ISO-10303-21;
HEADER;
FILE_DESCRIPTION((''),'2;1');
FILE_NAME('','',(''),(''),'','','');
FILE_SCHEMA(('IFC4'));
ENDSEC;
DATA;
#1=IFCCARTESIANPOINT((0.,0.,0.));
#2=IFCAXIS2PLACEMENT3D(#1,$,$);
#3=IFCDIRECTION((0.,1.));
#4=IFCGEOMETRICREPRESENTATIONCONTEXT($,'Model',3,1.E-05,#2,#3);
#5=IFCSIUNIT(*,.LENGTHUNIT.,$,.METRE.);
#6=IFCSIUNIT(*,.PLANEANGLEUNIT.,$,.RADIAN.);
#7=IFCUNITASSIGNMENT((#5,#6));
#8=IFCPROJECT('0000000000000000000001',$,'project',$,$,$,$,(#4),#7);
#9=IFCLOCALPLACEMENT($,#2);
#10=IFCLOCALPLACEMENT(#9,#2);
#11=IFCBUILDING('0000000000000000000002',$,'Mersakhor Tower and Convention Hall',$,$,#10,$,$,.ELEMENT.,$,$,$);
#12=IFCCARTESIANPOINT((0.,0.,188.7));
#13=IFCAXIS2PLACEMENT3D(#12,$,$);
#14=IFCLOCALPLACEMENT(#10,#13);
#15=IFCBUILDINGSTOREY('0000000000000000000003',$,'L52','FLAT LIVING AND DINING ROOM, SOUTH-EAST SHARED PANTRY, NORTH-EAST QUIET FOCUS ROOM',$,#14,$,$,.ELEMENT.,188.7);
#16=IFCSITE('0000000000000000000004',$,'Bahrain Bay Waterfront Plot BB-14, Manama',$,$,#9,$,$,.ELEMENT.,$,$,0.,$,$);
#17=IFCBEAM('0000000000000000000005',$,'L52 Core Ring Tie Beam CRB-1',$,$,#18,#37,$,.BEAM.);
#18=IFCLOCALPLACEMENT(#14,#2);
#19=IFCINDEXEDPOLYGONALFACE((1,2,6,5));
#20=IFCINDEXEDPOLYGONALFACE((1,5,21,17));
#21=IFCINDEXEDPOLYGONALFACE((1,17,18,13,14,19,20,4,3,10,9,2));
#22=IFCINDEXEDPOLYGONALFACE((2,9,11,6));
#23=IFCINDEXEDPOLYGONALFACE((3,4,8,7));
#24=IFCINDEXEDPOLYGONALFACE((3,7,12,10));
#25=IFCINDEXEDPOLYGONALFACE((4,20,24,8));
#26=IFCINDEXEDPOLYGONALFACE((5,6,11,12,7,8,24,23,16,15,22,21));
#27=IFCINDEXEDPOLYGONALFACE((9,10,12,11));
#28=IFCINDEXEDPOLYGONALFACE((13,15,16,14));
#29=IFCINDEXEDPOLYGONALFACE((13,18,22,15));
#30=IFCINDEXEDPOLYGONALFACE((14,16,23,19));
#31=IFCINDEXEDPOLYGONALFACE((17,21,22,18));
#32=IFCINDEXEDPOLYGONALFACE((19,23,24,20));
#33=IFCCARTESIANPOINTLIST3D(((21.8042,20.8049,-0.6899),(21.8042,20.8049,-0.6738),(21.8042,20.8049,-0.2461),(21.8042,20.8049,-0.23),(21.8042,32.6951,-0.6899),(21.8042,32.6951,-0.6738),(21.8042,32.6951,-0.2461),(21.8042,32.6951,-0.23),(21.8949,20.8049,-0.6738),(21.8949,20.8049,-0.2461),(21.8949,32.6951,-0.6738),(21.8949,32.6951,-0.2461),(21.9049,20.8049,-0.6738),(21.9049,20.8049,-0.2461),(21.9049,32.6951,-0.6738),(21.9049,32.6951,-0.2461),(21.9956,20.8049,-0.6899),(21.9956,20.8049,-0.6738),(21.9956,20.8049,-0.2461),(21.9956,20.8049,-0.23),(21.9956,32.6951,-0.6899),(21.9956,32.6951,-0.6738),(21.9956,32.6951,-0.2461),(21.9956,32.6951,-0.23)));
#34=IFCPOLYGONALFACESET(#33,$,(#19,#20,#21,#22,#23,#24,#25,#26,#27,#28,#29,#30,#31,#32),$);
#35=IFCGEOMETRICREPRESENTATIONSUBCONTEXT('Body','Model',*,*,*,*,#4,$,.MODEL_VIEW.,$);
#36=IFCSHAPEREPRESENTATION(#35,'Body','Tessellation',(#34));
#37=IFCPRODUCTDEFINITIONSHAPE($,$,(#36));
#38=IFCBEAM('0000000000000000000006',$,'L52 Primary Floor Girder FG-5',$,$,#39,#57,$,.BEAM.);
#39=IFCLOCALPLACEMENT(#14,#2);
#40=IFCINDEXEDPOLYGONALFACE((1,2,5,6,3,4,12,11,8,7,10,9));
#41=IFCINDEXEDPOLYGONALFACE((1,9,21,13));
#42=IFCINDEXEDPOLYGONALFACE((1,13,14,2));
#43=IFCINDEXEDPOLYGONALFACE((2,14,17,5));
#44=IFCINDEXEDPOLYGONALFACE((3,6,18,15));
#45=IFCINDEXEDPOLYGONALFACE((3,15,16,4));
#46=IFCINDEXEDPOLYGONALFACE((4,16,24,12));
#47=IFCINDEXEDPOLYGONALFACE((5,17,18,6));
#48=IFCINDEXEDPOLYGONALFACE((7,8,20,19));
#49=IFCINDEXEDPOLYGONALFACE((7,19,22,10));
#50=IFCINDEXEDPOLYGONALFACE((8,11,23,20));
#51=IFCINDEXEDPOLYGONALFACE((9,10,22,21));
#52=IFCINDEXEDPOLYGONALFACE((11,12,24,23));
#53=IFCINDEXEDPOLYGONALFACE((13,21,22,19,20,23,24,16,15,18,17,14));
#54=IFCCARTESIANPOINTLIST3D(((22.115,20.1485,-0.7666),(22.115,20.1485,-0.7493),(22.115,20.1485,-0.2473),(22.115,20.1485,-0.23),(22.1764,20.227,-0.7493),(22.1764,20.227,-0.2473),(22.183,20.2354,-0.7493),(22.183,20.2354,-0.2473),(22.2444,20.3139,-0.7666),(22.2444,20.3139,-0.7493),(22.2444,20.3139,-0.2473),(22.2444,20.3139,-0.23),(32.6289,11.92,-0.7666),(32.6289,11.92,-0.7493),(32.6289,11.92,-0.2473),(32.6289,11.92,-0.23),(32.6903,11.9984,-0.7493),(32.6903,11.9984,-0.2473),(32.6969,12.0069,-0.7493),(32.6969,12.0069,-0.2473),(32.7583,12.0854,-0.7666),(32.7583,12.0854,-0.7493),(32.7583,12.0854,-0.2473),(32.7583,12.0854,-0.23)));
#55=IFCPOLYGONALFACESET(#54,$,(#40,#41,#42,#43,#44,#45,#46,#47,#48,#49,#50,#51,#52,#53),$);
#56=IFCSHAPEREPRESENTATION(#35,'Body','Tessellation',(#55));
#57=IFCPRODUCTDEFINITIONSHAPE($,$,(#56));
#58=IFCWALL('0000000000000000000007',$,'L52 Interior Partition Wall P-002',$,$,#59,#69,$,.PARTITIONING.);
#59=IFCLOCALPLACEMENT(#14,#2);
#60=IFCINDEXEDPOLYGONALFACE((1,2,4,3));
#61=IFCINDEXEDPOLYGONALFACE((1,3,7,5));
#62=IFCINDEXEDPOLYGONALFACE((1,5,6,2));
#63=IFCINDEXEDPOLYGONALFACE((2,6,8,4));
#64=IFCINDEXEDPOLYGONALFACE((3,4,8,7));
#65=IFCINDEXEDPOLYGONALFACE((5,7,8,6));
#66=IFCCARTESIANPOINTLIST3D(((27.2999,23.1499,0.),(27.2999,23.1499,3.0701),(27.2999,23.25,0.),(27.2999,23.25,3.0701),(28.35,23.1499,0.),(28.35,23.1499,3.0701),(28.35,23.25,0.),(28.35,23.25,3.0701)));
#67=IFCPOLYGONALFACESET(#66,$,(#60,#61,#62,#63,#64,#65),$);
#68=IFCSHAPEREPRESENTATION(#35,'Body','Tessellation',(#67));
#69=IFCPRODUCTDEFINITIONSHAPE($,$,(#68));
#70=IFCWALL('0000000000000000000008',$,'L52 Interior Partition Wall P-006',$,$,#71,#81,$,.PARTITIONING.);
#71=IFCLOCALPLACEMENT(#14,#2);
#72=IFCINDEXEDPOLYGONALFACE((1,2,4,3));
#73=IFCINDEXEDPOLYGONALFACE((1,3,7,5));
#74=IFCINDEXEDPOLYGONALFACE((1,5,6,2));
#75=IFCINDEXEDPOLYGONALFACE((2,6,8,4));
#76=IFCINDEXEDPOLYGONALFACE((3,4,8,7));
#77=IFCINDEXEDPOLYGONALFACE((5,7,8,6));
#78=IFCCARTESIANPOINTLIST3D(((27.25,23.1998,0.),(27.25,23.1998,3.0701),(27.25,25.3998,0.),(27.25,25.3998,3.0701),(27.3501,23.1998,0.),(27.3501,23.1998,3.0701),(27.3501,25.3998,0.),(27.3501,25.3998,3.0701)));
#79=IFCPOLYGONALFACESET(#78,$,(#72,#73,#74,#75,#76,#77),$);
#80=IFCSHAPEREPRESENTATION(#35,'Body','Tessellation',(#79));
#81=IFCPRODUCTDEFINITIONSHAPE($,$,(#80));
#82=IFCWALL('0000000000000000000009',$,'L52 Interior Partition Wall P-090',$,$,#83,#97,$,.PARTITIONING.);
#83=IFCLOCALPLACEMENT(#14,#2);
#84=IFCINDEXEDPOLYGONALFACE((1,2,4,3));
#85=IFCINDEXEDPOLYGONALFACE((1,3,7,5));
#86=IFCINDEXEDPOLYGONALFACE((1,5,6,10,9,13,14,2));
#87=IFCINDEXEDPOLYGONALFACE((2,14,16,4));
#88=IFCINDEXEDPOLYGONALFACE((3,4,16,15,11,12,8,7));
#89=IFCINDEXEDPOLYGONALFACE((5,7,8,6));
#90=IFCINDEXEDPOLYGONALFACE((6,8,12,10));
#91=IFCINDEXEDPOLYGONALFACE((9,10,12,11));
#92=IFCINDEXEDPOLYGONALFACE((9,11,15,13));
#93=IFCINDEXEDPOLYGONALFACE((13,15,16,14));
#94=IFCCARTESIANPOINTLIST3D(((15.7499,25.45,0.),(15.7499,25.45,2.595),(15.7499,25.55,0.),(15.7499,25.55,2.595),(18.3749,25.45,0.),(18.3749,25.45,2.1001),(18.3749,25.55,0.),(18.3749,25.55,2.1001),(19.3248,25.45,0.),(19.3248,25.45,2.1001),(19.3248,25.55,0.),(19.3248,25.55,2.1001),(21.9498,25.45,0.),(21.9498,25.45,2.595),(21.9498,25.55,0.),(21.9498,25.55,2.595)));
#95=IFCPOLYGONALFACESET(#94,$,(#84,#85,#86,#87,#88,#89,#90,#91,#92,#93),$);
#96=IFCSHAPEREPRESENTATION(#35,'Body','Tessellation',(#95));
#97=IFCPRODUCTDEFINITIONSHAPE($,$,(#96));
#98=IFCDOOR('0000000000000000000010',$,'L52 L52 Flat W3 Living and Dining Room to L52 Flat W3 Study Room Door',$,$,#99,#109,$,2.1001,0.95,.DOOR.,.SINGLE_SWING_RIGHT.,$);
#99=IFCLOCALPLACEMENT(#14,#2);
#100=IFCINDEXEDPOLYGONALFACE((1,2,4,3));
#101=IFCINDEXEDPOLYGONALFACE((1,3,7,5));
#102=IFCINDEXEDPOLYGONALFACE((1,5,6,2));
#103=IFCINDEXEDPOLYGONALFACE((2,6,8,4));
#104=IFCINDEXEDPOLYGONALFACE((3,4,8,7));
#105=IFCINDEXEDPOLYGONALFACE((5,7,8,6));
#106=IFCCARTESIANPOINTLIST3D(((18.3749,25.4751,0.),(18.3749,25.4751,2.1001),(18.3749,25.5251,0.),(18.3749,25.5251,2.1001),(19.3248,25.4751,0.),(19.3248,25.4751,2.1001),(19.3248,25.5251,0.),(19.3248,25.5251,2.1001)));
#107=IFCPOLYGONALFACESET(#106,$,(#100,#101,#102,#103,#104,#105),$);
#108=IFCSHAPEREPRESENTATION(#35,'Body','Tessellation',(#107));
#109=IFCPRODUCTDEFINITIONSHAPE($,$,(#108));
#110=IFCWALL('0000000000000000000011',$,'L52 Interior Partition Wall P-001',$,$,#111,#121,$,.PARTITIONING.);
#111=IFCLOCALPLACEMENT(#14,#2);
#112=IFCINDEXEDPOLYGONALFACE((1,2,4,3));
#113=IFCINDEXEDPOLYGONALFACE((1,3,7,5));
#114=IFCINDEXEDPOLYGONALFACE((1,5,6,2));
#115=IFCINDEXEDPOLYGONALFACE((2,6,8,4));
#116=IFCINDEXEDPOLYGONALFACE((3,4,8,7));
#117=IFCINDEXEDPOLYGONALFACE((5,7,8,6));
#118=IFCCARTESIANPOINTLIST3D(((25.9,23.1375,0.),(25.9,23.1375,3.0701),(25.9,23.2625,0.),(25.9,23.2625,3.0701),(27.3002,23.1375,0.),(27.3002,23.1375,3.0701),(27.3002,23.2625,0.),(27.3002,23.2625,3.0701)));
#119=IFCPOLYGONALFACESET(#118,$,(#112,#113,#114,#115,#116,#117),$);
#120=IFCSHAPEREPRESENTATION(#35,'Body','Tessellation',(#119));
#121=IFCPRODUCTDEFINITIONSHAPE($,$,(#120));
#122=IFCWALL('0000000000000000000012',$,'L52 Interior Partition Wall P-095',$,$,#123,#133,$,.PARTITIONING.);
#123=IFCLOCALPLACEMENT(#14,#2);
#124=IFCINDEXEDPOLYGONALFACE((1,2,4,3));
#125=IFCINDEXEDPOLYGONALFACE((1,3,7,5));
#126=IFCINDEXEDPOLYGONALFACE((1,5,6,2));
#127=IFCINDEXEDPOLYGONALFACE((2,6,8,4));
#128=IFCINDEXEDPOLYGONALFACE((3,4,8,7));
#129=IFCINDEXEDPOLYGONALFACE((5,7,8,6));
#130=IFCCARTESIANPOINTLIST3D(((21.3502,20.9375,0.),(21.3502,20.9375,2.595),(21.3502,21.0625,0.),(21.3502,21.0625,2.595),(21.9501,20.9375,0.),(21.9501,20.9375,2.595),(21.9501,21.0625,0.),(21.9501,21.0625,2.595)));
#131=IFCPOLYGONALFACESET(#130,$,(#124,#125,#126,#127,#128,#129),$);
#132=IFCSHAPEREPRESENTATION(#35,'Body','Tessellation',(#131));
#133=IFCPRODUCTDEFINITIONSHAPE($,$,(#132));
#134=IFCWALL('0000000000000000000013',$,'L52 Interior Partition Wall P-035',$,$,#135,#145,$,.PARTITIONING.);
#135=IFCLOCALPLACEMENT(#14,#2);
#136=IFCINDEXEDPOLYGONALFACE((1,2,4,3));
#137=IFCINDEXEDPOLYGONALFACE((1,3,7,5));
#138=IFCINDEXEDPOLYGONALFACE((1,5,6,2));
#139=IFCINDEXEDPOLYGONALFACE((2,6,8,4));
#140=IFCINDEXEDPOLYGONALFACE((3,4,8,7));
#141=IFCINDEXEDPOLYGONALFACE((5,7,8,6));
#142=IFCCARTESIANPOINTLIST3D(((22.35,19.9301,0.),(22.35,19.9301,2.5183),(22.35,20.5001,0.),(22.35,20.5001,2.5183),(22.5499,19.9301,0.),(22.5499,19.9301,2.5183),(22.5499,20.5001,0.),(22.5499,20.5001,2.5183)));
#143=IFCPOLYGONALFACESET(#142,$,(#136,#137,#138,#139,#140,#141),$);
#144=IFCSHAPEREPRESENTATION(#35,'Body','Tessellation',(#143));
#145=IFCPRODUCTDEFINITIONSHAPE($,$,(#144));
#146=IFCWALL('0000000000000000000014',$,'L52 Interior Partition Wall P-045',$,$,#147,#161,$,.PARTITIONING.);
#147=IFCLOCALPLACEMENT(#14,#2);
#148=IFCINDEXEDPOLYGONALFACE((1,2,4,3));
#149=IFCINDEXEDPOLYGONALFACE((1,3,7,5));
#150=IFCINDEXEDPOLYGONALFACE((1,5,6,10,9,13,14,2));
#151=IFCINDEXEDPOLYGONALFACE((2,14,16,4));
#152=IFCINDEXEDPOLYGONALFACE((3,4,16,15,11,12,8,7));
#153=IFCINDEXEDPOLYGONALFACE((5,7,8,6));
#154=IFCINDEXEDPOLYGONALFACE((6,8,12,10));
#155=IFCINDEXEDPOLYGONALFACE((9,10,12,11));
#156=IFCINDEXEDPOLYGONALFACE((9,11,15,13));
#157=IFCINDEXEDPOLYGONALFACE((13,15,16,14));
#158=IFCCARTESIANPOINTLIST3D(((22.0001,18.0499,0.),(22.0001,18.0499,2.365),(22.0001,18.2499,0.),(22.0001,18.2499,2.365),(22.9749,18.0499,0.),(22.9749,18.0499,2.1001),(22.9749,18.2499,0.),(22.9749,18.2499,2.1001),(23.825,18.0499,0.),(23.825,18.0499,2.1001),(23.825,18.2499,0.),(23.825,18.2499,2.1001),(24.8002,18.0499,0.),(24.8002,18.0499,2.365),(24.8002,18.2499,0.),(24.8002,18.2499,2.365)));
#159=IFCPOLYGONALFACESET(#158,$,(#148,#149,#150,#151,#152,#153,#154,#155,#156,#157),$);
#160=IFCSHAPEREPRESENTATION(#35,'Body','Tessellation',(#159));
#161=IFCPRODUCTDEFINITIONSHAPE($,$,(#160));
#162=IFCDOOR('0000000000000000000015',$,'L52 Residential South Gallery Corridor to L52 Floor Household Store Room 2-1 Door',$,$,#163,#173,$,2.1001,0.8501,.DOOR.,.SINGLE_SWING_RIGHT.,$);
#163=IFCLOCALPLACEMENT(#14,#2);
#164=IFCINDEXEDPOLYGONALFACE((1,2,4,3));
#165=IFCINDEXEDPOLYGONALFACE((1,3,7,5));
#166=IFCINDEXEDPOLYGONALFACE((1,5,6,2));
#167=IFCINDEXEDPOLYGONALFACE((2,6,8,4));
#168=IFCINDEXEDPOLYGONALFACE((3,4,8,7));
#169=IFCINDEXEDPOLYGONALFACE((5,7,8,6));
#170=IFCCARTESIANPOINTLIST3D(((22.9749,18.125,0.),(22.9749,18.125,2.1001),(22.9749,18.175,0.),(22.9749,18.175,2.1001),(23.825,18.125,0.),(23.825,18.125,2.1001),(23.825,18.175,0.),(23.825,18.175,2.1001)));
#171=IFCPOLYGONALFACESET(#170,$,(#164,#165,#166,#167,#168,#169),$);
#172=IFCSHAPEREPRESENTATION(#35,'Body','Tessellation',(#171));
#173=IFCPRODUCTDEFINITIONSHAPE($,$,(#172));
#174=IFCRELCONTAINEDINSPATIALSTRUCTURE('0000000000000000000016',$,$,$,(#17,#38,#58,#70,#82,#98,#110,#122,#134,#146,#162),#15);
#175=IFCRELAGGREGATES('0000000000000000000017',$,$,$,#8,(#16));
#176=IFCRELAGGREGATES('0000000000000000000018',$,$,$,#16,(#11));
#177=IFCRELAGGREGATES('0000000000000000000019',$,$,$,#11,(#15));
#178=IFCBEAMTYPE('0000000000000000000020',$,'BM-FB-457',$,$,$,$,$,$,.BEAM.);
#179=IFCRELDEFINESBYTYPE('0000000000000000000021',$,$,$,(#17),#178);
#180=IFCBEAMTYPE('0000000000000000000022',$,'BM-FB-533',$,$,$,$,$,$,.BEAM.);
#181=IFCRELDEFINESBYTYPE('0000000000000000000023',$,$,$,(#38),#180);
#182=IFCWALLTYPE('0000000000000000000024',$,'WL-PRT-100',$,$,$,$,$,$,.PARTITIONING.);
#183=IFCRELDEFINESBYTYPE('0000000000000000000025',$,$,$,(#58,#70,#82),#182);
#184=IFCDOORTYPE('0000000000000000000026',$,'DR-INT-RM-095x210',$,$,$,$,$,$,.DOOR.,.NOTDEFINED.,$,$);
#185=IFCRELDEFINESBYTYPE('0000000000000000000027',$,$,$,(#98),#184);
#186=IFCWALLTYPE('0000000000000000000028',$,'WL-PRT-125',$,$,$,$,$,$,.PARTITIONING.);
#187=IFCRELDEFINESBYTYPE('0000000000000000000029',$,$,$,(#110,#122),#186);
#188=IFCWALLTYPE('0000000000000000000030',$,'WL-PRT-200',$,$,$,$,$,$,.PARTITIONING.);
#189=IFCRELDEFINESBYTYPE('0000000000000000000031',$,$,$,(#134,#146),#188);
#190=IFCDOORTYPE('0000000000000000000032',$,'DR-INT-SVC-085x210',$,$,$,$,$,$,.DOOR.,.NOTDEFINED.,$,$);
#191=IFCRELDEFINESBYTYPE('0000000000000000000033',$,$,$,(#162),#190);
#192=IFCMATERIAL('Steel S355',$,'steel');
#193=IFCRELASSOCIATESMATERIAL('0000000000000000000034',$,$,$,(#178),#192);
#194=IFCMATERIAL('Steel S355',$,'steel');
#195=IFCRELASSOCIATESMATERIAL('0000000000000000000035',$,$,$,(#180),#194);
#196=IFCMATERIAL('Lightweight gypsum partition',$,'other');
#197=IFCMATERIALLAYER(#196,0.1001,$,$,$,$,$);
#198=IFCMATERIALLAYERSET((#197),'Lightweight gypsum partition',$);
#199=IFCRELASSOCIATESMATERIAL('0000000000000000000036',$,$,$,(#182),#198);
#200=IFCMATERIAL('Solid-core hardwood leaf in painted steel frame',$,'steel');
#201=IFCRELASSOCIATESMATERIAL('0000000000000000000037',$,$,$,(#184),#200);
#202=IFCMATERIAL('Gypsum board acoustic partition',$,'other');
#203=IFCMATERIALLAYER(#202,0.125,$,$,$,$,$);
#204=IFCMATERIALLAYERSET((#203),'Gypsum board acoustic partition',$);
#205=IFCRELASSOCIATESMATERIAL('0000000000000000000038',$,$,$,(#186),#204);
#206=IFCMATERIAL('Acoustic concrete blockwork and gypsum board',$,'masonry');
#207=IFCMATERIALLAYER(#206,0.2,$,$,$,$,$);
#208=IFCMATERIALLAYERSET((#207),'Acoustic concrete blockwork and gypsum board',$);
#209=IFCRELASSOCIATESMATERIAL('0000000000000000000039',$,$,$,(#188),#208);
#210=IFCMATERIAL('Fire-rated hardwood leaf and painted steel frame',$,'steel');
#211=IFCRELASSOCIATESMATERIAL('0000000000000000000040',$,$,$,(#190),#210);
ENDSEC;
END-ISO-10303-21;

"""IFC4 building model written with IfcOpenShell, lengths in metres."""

from ifc_helpers import new_model, si_unit, direction, frame, frame_2d, origin, origin_2d, place, context, subcontext, project, spatial, rectangle, i_section, extrude, material, layer, layer_set, material_profile, profile_set, type_object, element, fill, save


model = new_model("IFC4")

# Units and contexts
model_context = context("Model", 3, precision=1e-05, world=origin(), true_north=direction((0.0, 1.0)))
body_context = subcontext(model_context, "Body", "Model", "MODEL_VIEW")
ifc_project = project(units=[si_unit("LENGTHUNIT", "METRE"), si_unit("PLANEANGLEUNIT", "RADIAN")], contexts=[model_context])

# Site, building, storey
site_placement = place(None, origin())
site = spatial("IfcSite", under=ifc_project, at=site_placement, Name="Bahrain Bay Waterfront Plot BB-14, Manama", CompositionType="ELEMENT", RefElevation=0.0)
building_placement = place(site_placement, origin())
building = spatial("IfcBuilding", under=site, at=building_placement, Name="Mersakhor Tower and Convention Hall", CompositionType="ELEMENT")
storey_placement = place(building_placement, frame((0.0, 0.0, 188.7)))
storey = spatial("IfcBuildingStorey", under=building, at=storey_placement, Name="L52", Description="FLAT LIVING AND DINING ROOM, SOUTH-EAST SHARED PANTRY, NORTH-EAST QUIET FOCUS ROOM", CompositionType="ELEMENT", Elevation=188.7)

# Beams
ifc_material_1 = material(Name="Steel S355", Category="steel")
ifc_material_profile_1 = material_profile(ifc_material_1, i_section(OverallWidth=0.1914, OverallDepth=0.46, WebThickness=0.01, FlangeThickness=0.0161, at=origin_2d()), Name="UB 457x191x82")
ifc_profile_set_1 = profile_set([ifc_material_profile_1], Name="Steel S355")
beam_type_1 = type_object("IfcBeamType", Name="BM-FB-457", PredefinedType="BEAM", material=ifc_profile_set_1)
beam_1_placement = place(storey_placement, frame((21.8999, 20.8049, -0.46), z_axis=(0.0, 1.0, 0.0), x_axis=(-1.0, 0.0, 0.0)))
element("IfcBeam", 1, at=beam_1_placement, inside=storey, type_object=beam_type_1, Name="L52 Core Ring Tie Beam CRB-1", PredefinedType="BEAM", context=body_context, shape_type="SweptSolid", body=[
    extrude(i_section(OverallWidth=0.1914, OverallDepth=0.46, WebThickness=0.01, FlangeThickness=0.0161, at=origin_2d()), origin(), (0.0, 0.0, 1.0), 11.8901),
])
ifc_material_2 = material(Name="Steel S355", Category="steel")
ifc_material_profile_2 = material_profile(ifc_material_2, i_section(OverallWidth=0.21, OverallDepth=0.5366, WebThickness=0.0107, FlangeThickness=0.0173, at=origin_2d()), Name="UB 533x210x101")
ifc_profile_set_2 = profile_set([ifc_material_profile_2], Name="Steel S355")
beam_type_2 = type_object("IfcBeamType", Name="BM-FB-533", PredefinedType="BEAM", material=ifc_profile_set_2)
beam_2_placement = place(storey_placement, frame((22.1797, 20.2312, -0.4983), z_axis=(0.787497, -0.616319, 0.0), x_axis=(0.616319, 0.787497, 0.0)))
element("IfcBeam", 2, at=beam_2_placement, inside=storey, type_object=beam_type_2, Name="L52 Primary Floor Girder FG-5", PredefinedType="BEAM", context=body_context, shape_type="SweptSolid", body=[
    extrude(i_section(OverallWidth=0.21, OverallDepth=0.5366, WebThickness=0.0107, FlangeThickness=0.0173, at=origin_2d()), origin(), (0.0, 0.0, 1.0), 13.3511),
])

# Walls
ifc_material_3 = material(Name="Lightweight gypsum partition", Category="other")
ifc_layer_1 = layer(ifc_material_3, 0.1001)
ifc_layer_set_1 = layer_set([ifc_layer_1], Name="Lightweight gypsum partition")
wall_type_1 = type_object("IfcWallType", Name="WL-PRT-100", PredefinedType="PARTITIONING", material=ifc_layer_set_1)
wall_1_placement = place(storey_placement, frame((27.3, 23.2, 0.0), z_axis=(0.0, 0.0, 1.0), x_axis=(1.0, 0.0, 0.0)))
element("IfcWall", 3, at=wall_1_placement, inside=storey, type_object=wall_type_1, Name="L52 Interior Partition Wall P-002", PredefinedType="PARTITIONING", context=body_context, shape_type="SweptSolid", body=[
    extrude(rectangle(XDim=1.05, YDim=0.1001, at=frame_2d((0.5249, 0.0))), origin(), (0.0, 0.0, 1.0), 3.0701),
])
wall_2_placement = place(storey_placement, frame((27.3, 25.3999, 0.0), z_axis=(0.0, 0.0, 1.0), x_axis=(0.0, -1.0, 0.0)))
element("IfcWall", 4, at=wall_2_placement, inside=storey, type_object=wall_type_1, Name="L52 Interior Partition Wall P-006", PredefinedType="PARTITIONING", context=body_context, shape_type="SweptSolid", body=[
    extrude(rectangle(XDim=2.2, YDim=0.1001, at=frame_2d((1.1001, 0.0))), origin(), (0.0, 0.0, 1.0), 3.0701),
])

# Wall, opening, door
wall_3_placement = place(storey_placement, frame((21.95, 25.5, 0.0), z_axis=(0.0, 0.0, 1.0), x_axis=(-1.0, 0.0, 0.0)))
wall_3 = element("IfcWall", 5, at=wall_3_placement, inside=storey, type_object=wall_type_1, Name="L52 Interior Partition Wall P-090", PredefinedType="PARTITIONING", context=body_context, shape_type="SweptSolid", body=[
    extrude(rectangle(XDim=6.2, YDim=0.1001, at=frame_2d((3.1001, 0.0))), origin(), (0.0, 0.0, 1.0), 2.595),
])
opening_1_placement = place(wall_3_placement, frame((2.625, 0.0, 0.0)))
opening_1 = element("IfcOpeningElement", 6, at=opening_1_placement, cuts=wall_3, PredefinedType="OPENING", context=body_context, shape_type="SweptSolid", body=[
    extrude(rectangle(XDim=0.95, YDim=2.1001, at=frame_2d((0.4751, 1.05))), frame((0.0, 0.0601, 0.0), z_axis=(0.0, -1.0, 0.0), x_axis=(1.0, 0.0, 0.0)), (0.0, 0.0, 1.0), 0.1201),
])
ifc_material_4 = material(Name="Solid-core hardwood leaf in painted steel frame", Category="steel")
door_type_1 = type_object("IfcDoorType", Name="DR-INT-RM-095x210", OperationType="NOTDEFINED", PredefinedType="DOOR", material=ifc_material_4)
door_1_placement = place(opening_1_placement, origin())
door_1 = element("IfcDoor", 7, at=door_1_placement, inside=storey, type_object=door_type_1, Name="L52 L52 Flat W3 Living and Dining Room to L52 Flat W3 Study Room Door", OperationType="SINGLE_SWING_RIGHT", OverallHeight=2.1001, OverallWidth=0.95, PredefinedType="DOOR", context=body_context, shape_type="SweptSolid", body=[
    extrude(rectangle(XDim=0.95, YDim=2.1001, at=frame_2d((0.4751, 1.05))), frame((0.0, 0.0249, 0.0), z_axis=(0.0, -1.0, 0.0), x_axis=(1.0, 0.0, 0.0)), (0.0, 0.0, 1.0), 0.05),
])
fill(opening_1, door_1)

# Walls
ifc_material_5 = material(Name="Gypsum board acoustic partition", Category="other")
ifc_layer_2 = layer(ifc_material_5, 0.125)
ifc_layer_set_2 = layer_set([ifc_layer_2], Name="Gypsum board acoustic partition")
wall_type_2 = type_object("IfcWallType", Name="WL-PRT-125", PredefinedType="PARTITIONING", material=ifc_layer_set_2)
wall_4_placement = place(storey_placement, frame((25.8999, 23.2, 0.0), z_axis=(0.0, 0.0, 1.0), x_axis=(1.0, 0.0, 0.0)))
element("IfcWall", 8, at=wall_4_placement, inside=storey, type_object=wall_type_2, Name="L52 Interior Partition Wall P-001", PredefinedType="PARTITIONING", context=body_context, shape_type="SweptSolid", body=[
    extrude(rectangle(XDim=1.4001, YDim=0.125, at=frame_2d((0.7002, 0.0))), origin(), (0.0, 0.0, 1.0), 3.0701),
])
wall_5_placement = place(storey_placement, frame((21.95, 21.0, 0.0), z_axis=(0.0, 0.0, 1.0), x_axis=(-1.0, 0.0, 0.0)))
element("IfcWall", 9, at=wall_5_placement, inside=storey, type_object=wall_type_2, Name="L52 Interior Partition Wall P-095", PredefinedType="PARTITIONING", context=body_context, shape_type="SweptSolid", body=[
    extrude(rectangle(XDim=0.5999, YDim=0.125, at=frame_2d((0.2998, 0.0))), origin(), (0.0, 0.0, 1.0), 2.595),
])

# Shared definitions
ifc_material_6 = material(Name="Acoustic concrete blockwork and gypsum board", Category="masonry")
ifc_layer_3 = layer(ifc_material_6, 0.2)
ifc_layer_set_3 = layer_set([ifc_layer_3], Name="Acoustic concrete blockwork and gypsum board")
wall_type_3 = type_object("IfcWallType", Name="WL-PRT-200", PredefinedType="PARTITIONING", material=ifc_layer_set_3)

# Wall
wall_6_placement = place(storey_placement, frame((22.45, 19.9299, 0.0), z_axis=(0.0, 0.0, 1.0), x_axis=(0.0, 1.0, 0.0)))
element("IfcWall", 10, at=wall_6_placement, inside=storey, type_object=wall_type_3, Name="L52 Interior Partition Wall P-035", PredefinedType="PARTITIONING", context=body_context, shape_type="SweptSolid", body=[
    extrude(rectangle(XDim=0.5701, YDim=0.2, at=frame_2d((0.2852, 0.0))), origin(), (0.0, 0.0, 1.0), 2.5183),
])

# Wall, opening, door
wall_7_placement = place(storey_placement, frame((24.8, 18.1499, 0.0), z_axis=(0.0, 0.0, 1.0), x_axis=(-1.0, 0.0, 0.0)))
wall_7 = element("IfcWall", 11, at=wall_7_placement, inside=storey, type_object=wall_type_3, Name="L52 Interior Partition Wall P-045", PredefinedType="PARTITIONING", context=body_context, shape_type="SweptSolid", body=[
    extrude(rectangle(XDim=2.8, YDim=0.2, at=frame_2d((1.3999, 0.0))), origin(), (0.0, 0.0, 1.0), 2.365),
])
opening_2_placement = place(wall_7_placement, frame((0.9751, 0.0, 0.0)))
opening_2 = element("IfcOpeningElement", 12, at=opening_2_placement, cuts=wall_7, PredefinedType="OPENING", context=body_context, shape_type="SweptSolid", body=[
    extrude(rectangle(XDim=0.8501, YDim=2.1001, at=frame_2d((0.425, 1.05))), frame((0.0, 0.1099, 0.0), z_axis=(0.0, -1.0, 0.0), x_axis=(1.0, 0.0, 0.0)), (0.0, 0.0, 1.0), 0.22),
])
ifc_material_7 = material(Name="Fire-rated hardwood leaf and painted steel frame", Category="steel")
door_type_2 = type_object("IfcDoorType", Name="DR-INT-SVC-085x210", OperationType="NOTDEFINED", PredefinedType="DOOR", material=ifc_material_7)
door_2_placement = place(opening_2_placement, origin())
door_2 = element("IfcDoor", 13, at=door_2_placement, inside=storey, type_object=door_type_2, Name="L52 Residential South Gallery Corridor to L52 Floor Household Store Room 2-1 Door", OperationType="SINGLE_SWING_RIGHT", OverallHeight=2.1001, OverallWidth=0.8501, PredefinedType="DOOR", context=body_context, shape_type="SweptSolid", body=[
    extrude(rectangle(XDim=0.8501, YDim=2.1001, at=frame_2d((0.425, 1.05))), frame((0.0, 0.0249, 0.0), z_axis=(0.0, -1.0, 0.0), x_axis=(1.0, 0.0, 0.0)), (0.0, 0.0, 1.0), 0.05),
])
fill(opening_2, door_2)

save(model, "model.ifc")
